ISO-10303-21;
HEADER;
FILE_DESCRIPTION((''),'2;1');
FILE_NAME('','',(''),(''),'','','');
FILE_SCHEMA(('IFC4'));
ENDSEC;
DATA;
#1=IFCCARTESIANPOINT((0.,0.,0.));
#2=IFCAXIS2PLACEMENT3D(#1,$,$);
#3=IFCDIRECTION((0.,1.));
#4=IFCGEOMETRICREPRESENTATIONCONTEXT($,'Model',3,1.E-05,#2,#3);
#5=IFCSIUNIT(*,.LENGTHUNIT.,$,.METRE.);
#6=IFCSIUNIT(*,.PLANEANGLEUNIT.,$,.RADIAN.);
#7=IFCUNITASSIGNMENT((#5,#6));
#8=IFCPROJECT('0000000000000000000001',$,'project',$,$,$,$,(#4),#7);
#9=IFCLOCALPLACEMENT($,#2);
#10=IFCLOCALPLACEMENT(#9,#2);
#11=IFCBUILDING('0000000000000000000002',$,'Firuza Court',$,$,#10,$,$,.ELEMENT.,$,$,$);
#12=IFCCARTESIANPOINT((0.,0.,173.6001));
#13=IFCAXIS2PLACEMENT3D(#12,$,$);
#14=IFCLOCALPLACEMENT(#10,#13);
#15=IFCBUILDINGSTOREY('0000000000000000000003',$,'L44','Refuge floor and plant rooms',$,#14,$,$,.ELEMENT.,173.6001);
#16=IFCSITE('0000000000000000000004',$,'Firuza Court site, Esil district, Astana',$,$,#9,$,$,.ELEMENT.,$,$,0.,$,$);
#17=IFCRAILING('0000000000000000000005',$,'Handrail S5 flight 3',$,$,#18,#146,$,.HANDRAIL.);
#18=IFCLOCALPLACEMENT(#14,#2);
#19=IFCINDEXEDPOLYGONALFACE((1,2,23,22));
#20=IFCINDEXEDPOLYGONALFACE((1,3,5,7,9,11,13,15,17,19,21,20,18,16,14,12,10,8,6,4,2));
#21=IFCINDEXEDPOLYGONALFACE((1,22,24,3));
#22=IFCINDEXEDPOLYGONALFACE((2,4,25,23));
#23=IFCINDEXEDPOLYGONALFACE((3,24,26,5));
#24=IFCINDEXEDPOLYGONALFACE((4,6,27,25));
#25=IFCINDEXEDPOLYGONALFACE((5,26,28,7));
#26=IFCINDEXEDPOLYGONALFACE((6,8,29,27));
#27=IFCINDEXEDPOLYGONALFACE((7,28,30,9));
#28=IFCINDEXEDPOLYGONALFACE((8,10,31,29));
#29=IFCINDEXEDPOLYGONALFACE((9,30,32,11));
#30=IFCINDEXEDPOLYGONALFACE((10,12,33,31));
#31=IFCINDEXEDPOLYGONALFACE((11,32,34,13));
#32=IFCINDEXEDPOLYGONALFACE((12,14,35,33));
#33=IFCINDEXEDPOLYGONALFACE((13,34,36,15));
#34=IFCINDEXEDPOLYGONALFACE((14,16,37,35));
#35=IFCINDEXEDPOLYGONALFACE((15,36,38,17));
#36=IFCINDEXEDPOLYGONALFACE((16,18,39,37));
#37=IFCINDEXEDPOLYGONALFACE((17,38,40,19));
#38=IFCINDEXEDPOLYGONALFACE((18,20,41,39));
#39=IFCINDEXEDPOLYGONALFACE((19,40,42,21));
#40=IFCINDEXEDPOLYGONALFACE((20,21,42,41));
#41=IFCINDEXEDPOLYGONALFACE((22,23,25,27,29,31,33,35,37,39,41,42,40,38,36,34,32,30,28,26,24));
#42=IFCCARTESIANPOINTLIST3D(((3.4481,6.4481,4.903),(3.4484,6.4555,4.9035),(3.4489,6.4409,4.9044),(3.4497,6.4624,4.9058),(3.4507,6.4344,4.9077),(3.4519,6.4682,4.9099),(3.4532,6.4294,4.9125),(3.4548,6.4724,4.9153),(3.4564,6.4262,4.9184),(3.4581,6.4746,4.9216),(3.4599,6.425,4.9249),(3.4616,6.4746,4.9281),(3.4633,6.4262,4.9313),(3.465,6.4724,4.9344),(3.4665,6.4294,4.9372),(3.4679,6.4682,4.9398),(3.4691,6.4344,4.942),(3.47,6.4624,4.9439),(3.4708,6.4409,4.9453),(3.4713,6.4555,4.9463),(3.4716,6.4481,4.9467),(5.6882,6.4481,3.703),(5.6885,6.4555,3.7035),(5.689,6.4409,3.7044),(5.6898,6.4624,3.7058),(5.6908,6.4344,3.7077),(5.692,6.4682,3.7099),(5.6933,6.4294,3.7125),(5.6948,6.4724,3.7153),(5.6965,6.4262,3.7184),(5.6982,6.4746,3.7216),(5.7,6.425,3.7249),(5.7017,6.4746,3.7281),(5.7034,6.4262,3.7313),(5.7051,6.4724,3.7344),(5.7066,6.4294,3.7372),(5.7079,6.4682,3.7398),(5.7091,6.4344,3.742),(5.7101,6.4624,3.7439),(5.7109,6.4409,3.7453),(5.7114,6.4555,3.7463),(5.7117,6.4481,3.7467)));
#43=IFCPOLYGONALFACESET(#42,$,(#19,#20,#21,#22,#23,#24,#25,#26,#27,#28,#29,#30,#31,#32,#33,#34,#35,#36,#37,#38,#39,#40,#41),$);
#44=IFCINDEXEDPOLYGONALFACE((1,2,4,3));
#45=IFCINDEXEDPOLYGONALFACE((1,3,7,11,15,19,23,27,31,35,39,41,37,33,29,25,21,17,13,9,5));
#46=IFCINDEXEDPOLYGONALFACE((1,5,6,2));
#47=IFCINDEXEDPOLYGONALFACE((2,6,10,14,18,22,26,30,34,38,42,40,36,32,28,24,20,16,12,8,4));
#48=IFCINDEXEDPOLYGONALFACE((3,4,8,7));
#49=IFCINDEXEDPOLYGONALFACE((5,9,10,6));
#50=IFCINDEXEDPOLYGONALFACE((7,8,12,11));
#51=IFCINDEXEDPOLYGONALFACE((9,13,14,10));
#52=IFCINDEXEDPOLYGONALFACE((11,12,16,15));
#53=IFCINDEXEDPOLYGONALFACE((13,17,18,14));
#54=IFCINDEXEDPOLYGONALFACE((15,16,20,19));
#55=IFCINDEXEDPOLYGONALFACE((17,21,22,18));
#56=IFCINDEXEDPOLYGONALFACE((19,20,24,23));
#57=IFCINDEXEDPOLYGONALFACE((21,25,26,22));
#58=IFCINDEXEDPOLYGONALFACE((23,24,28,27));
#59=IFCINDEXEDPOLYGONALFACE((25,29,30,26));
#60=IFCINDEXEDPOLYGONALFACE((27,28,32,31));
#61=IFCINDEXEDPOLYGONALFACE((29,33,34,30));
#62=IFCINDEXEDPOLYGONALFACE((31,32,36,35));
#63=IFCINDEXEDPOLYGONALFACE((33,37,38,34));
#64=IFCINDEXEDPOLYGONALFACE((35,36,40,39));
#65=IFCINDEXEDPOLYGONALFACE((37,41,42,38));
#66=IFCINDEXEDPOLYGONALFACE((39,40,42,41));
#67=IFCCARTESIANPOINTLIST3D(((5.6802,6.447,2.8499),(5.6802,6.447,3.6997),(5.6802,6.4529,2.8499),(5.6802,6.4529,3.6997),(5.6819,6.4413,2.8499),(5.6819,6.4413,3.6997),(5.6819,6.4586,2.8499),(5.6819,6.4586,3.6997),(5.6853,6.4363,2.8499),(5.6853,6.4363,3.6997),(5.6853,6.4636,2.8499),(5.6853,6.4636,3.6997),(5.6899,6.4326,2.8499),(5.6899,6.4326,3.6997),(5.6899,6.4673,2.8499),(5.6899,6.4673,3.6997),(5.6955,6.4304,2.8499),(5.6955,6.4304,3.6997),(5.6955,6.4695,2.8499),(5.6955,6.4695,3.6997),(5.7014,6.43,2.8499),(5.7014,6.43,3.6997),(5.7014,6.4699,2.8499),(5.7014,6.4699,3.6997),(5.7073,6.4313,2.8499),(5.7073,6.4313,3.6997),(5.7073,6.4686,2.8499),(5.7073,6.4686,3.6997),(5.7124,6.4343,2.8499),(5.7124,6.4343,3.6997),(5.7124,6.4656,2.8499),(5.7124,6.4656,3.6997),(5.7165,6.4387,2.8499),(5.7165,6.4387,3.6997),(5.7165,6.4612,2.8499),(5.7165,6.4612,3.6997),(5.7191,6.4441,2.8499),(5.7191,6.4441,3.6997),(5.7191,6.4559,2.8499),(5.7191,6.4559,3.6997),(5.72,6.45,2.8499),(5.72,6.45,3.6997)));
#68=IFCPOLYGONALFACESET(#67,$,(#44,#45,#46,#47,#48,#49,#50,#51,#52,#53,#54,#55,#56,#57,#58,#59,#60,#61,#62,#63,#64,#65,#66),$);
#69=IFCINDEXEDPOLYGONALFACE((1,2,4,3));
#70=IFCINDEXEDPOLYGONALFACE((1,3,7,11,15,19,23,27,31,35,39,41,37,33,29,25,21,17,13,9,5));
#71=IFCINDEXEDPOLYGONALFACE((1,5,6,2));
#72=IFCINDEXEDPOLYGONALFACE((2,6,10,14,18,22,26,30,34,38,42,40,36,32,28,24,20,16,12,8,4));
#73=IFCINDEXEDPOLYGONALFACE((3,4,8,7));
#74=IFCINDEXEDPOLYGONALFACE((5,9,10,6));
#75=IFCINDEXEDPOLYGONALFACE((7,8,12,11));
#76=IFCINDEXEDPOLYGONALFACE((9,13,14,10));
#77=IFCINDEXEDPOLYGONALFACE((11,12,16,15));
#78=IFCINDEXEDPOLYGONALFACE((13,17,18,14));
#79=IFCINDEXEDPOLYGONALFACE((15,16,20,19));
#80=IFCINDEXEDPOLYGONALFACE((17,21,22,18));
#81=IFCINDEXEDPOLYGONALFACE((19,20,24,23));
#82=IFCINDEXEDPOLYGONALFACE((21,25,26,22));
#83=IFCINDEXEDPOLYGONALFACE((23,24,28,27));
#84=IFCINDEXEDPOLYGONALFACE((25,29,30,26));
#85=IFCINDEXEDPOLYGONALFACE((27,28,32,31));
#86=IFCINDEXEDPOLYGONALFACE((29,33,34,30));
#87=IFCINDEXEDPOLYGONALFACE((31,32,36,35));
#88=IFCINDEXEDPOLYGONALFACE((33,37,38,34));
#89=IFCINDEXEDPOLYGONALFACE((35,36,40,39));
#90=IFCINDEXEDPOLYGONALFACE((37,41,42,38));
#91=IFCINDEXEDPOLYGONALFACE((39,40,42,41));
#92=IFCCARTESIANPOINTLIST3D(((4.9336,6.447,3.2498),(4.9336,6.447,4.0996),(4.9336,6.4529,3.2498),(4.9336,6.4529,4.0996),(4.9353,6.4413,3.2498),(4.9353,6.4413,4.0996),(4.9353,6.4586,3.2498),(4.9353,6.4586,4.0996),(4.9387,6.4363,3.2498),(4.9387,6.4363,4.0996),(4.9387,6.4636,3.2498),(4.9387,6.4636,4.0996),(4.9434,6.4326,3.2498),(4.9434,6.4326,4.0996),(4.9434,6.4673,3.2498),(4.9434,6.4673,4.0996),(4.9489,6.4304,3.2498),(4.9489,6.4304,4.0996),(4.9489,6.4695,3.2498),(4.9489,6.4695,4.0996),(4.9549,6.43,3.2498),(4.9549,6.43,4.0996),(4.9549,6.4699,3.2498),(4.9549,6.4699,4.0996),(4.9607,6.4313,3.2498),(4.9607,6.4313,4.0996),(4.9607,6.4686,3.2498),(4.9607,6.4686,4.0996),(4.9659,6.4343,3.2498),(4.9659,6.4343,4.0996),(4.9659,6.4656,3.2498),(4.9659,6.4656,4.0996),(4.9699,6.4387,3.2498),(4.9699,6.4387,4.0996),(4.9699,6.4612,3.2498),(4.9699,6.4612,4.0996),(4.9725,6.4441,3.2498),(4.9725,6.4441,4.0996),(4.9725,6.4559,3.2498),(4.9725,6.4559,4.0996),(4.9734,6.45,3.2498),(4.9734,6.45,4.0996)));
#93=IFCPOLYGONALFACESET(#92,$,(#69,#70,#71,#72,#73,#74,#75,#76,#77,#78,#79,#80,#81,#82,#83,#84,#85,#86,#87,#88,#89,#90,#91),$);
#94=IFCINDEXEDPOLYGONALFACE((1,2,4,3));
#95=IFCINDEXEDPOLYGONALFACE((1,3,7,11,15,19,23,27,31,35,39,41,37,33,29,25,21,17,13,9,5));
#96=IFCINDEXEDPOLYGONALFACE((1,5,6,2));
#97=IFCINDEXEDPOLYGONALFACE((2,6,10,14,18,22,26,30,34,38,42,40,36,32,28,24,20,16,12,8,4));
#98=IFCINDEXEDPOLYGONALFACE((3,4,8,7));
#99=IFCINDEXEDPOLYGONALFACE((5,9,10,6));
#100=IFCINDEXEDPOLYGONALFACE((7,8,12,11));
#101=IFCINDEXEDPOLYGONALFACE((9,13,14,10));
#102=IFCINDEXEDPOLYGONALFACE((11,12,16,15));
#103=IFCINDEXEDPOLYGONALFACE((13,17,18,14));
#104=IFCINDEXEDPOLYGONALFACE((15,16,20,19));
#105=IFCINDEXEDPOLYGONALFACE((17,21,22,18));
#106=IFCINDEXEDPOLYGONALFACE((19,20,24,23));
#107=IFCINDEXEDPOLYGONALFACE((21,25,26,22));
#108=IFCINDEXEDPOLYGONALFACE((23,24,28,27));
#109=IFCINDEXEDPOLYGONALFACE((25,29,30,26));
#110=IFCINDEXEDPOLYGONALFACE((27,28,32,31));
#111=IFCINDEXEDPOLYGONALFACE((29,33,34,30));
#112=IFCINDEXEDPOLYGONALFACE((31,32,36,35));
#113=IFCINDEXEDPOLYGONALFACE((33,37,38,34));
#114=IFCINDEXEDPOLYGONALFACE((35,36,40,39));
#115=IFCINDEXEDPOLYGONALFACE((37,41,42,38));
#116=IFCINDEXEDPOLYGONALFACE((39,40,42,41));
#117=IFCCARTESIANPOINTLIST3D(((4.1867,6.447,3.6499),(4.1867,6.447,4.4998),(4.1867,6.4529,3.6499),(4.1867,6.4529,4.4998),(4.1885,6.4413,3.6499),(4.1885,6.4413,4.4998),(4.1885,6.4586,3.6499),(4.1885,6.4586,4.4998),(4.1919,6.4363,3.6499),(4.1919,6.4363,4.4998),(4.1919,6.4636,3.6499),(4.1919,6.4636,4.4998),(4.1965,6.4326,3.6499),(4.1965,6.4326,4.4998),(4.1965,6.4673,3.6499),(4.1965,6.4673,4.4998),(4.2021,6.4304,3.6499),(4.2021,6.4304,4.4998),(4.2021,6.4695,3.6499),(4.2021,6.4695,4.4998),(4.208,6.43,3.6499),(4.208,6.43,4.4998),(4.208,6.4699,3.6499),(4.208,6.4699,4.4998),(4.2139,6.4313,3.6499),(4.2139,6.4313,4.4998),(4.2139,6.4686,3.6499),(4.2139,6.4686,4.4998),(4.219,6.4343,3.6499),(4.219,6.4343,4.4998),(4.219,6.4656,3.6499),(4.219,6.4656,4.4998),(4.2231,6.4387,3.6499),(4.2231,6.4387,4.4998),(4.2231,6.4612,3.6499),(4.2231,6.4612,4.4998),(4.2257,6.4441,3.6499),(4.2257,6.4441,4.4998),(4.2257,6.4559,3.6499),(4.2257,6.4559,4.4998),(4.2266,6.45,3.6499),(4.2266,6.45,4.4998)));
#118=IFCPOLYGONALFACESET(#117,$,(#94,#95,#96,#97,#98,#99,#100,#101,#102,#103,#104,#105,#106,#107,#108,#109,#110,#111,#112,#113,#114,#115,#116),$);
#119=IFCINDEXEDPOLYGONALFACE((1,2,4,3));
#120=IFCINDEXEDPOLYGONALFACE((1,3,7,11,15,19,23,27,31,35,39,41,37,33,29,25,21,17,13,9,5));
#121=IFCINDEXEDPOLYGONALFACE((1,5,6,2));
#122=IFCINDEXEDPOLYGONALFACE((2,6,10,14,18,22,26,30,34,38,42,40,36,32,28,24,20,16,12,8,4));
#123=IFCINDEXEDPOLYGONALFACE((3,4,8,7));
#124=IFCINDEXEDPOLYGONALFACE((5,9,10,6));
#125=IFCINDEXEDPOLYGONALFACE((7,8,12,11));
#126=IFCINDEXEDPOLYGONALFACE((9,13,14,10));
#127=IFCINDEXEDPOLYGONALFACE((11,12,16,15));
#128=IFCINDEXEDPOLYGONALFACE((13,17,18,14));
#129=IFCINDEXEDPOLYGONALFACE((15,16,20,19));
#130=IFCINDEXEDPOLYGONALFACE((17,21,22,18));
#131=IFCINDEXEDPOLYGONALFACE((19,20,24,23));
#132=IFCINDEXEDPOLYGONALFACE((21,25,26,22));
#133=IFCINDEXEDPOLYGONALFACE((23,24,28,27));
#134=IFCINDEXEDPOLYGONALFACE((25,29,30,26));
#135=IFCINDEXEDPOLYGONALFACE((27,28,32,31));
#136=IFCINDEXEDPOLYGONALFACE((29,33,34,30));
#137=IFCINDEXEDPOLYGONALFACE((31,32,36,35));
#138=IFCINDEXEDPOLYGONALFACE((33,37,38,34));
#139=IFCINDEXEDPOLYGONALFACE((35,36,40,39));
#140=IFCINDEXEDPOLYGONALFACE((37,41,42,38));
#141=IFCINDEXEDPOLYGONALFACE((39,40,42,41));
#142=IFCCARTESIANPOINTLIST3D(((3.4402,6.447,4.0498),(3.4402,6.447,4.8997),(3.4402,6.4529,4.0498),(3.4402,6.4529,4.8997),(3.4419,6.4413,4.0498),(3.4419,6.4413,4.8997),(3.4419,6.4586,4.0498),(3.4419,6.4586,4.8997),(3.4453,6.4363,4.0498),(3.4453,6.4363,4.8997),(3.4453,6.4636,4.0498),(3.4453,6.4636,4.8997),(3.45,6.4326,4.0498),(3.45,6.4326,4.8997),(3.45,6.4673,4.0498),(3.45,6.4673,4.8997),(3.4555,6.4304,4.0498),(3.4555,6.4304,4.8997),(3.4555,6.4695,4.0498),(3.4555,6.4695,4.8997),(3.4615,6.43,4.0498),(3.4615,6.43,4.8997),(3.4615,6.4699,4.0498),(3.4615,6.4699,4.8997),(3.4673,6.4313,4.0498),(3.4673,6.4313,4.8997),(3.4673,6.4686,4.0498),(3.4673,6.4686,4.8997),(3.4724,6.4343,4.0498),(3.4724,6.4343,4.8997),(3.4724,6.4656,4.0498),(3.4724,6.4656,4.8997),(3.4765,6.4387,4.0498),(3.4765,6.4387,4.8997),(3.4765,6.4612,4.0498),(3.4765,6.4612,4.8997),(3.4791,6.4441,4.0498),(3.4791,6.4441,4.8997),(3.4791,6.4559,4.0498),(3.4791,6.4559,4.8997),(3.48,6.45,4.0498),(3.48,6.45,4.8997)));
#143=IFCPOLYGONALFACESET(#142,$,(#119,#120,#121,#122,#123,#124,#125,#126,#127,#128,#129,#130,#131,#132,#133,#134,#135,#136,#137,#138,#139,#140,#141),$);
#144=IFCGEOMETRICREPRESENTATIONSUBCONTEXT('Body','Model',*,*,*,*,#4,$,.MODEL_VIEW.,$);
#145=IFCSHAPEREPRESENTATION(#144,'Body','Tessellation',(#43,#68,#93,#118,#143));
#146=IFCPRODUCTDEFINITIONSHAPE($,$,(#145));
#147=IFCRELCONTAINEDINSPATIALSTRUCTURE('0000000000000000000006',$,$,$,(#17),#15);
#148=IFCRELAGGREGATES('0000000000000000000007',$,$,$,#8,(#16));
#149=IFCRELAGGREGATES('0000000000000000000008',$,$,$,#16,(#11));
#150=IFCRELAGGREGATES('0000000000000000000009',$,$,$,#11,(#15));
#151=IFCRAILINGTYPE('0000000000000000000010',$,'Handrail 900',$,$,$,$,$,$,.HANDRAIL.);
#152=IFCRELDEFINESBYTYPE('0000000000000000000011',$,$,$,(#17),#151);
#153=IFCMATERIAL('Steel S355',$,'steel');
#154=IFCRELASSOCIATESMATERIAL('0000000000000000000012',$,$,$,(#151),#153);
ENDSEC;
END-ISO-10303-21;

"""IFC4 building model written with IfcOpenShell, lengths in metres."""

from ifc_helpers import new_model, si_unit, direction, frame, origin, origin_2d, place, context, subcontext, project, spatial, circle, extrude, material, type_object, element, save


model = new_model("IFC4")

# Units and contexts
model_context = context("Model", 3, precision=1e-05, world=origin(), true_north=direction((0.0, 1.0)))
body_context = subcontext(model_context, "Body", "Model", "MODEL_VIEW")
ifc_project = project(units=[si_unit("LENGTHUNIT", "METRE"), si_unit("PLANEANGLEUNIT", "RADIAN")], contexts=[model_context])

# Site, building, storey
site_placement = place(None, origin())
site = spatial("IfcSite", under=ifc_project, at=site_placement, Name="Firuza Court site, Esil district, Astana", CompositionType="ELEMENT", RefElevation=0.0)
building_placement = place(site_placement, origin())
building = spatial("IfcBuilding", under=site, at=building_placement, Name="Firuza Court", CompositionType="ELEMENT")
storey_placement = place(building_placement, frame((0.0, 0.0, 173.6001)))
storey = spatial("IfcBuildingStorey", under=building, at=storey_placement, Name="L44", Description="Refuge floor and plant rooms", CompositionType="ELEMENT", Elevation=173.6001)

# Railing
ifc_material_1 = material(Name="Steel S355", Category="steel")
railing_type_1 = type_object("IfcRailingType", Name="Handrail 900", PredefinedType="HANDRAIL", material=ifc_material_1)
for number, where, name in (
    (1, (5.7, 6.45, 2.8499), "Handrail S5 flight 3"),
):
    element("IfcRailing", number, at=place(storey_placement, frame(where)), inside=storey, type_object=railing_type_1, Name=name, PredefinedType="HANDRAIL", context=body_context, shape_type="SweptSolid", body=[
        extrude(circle(Radius=0.0249, at=origin_2d()), frame((0.0, 0.0, 0.875), z_axis=(-0.881487, 0.0, 0.472208), x_axis=(0.0, -1.0, 0.0)), (0.0, 0.0, 1.0), 2.5413),
        extrude(circle(Radius=0.02, at=origin_2d()), origin(), (0.0, 0.0, 1.0), 0.8499),
        extrude(circle(Radius=0.02, at=origin_2d()), frame((-0.7466, 0.0, 0.3999)), (0.0, 0.0, 1.0), 0.8499),
        extrude(circle(Radius=0.02, at=origin_2d()), frame((-1.4934, 0.0, 0.8)), (0.0, 0.0, 1.0), 0.8499),
        extrude(circle(Radius=0.02, at=origin_2d()), frame((-2.24, 0.0, 1.2)), (0.0, 0.0, 1.0), 0.8499),
    ])

save(model, "model.ifc")
